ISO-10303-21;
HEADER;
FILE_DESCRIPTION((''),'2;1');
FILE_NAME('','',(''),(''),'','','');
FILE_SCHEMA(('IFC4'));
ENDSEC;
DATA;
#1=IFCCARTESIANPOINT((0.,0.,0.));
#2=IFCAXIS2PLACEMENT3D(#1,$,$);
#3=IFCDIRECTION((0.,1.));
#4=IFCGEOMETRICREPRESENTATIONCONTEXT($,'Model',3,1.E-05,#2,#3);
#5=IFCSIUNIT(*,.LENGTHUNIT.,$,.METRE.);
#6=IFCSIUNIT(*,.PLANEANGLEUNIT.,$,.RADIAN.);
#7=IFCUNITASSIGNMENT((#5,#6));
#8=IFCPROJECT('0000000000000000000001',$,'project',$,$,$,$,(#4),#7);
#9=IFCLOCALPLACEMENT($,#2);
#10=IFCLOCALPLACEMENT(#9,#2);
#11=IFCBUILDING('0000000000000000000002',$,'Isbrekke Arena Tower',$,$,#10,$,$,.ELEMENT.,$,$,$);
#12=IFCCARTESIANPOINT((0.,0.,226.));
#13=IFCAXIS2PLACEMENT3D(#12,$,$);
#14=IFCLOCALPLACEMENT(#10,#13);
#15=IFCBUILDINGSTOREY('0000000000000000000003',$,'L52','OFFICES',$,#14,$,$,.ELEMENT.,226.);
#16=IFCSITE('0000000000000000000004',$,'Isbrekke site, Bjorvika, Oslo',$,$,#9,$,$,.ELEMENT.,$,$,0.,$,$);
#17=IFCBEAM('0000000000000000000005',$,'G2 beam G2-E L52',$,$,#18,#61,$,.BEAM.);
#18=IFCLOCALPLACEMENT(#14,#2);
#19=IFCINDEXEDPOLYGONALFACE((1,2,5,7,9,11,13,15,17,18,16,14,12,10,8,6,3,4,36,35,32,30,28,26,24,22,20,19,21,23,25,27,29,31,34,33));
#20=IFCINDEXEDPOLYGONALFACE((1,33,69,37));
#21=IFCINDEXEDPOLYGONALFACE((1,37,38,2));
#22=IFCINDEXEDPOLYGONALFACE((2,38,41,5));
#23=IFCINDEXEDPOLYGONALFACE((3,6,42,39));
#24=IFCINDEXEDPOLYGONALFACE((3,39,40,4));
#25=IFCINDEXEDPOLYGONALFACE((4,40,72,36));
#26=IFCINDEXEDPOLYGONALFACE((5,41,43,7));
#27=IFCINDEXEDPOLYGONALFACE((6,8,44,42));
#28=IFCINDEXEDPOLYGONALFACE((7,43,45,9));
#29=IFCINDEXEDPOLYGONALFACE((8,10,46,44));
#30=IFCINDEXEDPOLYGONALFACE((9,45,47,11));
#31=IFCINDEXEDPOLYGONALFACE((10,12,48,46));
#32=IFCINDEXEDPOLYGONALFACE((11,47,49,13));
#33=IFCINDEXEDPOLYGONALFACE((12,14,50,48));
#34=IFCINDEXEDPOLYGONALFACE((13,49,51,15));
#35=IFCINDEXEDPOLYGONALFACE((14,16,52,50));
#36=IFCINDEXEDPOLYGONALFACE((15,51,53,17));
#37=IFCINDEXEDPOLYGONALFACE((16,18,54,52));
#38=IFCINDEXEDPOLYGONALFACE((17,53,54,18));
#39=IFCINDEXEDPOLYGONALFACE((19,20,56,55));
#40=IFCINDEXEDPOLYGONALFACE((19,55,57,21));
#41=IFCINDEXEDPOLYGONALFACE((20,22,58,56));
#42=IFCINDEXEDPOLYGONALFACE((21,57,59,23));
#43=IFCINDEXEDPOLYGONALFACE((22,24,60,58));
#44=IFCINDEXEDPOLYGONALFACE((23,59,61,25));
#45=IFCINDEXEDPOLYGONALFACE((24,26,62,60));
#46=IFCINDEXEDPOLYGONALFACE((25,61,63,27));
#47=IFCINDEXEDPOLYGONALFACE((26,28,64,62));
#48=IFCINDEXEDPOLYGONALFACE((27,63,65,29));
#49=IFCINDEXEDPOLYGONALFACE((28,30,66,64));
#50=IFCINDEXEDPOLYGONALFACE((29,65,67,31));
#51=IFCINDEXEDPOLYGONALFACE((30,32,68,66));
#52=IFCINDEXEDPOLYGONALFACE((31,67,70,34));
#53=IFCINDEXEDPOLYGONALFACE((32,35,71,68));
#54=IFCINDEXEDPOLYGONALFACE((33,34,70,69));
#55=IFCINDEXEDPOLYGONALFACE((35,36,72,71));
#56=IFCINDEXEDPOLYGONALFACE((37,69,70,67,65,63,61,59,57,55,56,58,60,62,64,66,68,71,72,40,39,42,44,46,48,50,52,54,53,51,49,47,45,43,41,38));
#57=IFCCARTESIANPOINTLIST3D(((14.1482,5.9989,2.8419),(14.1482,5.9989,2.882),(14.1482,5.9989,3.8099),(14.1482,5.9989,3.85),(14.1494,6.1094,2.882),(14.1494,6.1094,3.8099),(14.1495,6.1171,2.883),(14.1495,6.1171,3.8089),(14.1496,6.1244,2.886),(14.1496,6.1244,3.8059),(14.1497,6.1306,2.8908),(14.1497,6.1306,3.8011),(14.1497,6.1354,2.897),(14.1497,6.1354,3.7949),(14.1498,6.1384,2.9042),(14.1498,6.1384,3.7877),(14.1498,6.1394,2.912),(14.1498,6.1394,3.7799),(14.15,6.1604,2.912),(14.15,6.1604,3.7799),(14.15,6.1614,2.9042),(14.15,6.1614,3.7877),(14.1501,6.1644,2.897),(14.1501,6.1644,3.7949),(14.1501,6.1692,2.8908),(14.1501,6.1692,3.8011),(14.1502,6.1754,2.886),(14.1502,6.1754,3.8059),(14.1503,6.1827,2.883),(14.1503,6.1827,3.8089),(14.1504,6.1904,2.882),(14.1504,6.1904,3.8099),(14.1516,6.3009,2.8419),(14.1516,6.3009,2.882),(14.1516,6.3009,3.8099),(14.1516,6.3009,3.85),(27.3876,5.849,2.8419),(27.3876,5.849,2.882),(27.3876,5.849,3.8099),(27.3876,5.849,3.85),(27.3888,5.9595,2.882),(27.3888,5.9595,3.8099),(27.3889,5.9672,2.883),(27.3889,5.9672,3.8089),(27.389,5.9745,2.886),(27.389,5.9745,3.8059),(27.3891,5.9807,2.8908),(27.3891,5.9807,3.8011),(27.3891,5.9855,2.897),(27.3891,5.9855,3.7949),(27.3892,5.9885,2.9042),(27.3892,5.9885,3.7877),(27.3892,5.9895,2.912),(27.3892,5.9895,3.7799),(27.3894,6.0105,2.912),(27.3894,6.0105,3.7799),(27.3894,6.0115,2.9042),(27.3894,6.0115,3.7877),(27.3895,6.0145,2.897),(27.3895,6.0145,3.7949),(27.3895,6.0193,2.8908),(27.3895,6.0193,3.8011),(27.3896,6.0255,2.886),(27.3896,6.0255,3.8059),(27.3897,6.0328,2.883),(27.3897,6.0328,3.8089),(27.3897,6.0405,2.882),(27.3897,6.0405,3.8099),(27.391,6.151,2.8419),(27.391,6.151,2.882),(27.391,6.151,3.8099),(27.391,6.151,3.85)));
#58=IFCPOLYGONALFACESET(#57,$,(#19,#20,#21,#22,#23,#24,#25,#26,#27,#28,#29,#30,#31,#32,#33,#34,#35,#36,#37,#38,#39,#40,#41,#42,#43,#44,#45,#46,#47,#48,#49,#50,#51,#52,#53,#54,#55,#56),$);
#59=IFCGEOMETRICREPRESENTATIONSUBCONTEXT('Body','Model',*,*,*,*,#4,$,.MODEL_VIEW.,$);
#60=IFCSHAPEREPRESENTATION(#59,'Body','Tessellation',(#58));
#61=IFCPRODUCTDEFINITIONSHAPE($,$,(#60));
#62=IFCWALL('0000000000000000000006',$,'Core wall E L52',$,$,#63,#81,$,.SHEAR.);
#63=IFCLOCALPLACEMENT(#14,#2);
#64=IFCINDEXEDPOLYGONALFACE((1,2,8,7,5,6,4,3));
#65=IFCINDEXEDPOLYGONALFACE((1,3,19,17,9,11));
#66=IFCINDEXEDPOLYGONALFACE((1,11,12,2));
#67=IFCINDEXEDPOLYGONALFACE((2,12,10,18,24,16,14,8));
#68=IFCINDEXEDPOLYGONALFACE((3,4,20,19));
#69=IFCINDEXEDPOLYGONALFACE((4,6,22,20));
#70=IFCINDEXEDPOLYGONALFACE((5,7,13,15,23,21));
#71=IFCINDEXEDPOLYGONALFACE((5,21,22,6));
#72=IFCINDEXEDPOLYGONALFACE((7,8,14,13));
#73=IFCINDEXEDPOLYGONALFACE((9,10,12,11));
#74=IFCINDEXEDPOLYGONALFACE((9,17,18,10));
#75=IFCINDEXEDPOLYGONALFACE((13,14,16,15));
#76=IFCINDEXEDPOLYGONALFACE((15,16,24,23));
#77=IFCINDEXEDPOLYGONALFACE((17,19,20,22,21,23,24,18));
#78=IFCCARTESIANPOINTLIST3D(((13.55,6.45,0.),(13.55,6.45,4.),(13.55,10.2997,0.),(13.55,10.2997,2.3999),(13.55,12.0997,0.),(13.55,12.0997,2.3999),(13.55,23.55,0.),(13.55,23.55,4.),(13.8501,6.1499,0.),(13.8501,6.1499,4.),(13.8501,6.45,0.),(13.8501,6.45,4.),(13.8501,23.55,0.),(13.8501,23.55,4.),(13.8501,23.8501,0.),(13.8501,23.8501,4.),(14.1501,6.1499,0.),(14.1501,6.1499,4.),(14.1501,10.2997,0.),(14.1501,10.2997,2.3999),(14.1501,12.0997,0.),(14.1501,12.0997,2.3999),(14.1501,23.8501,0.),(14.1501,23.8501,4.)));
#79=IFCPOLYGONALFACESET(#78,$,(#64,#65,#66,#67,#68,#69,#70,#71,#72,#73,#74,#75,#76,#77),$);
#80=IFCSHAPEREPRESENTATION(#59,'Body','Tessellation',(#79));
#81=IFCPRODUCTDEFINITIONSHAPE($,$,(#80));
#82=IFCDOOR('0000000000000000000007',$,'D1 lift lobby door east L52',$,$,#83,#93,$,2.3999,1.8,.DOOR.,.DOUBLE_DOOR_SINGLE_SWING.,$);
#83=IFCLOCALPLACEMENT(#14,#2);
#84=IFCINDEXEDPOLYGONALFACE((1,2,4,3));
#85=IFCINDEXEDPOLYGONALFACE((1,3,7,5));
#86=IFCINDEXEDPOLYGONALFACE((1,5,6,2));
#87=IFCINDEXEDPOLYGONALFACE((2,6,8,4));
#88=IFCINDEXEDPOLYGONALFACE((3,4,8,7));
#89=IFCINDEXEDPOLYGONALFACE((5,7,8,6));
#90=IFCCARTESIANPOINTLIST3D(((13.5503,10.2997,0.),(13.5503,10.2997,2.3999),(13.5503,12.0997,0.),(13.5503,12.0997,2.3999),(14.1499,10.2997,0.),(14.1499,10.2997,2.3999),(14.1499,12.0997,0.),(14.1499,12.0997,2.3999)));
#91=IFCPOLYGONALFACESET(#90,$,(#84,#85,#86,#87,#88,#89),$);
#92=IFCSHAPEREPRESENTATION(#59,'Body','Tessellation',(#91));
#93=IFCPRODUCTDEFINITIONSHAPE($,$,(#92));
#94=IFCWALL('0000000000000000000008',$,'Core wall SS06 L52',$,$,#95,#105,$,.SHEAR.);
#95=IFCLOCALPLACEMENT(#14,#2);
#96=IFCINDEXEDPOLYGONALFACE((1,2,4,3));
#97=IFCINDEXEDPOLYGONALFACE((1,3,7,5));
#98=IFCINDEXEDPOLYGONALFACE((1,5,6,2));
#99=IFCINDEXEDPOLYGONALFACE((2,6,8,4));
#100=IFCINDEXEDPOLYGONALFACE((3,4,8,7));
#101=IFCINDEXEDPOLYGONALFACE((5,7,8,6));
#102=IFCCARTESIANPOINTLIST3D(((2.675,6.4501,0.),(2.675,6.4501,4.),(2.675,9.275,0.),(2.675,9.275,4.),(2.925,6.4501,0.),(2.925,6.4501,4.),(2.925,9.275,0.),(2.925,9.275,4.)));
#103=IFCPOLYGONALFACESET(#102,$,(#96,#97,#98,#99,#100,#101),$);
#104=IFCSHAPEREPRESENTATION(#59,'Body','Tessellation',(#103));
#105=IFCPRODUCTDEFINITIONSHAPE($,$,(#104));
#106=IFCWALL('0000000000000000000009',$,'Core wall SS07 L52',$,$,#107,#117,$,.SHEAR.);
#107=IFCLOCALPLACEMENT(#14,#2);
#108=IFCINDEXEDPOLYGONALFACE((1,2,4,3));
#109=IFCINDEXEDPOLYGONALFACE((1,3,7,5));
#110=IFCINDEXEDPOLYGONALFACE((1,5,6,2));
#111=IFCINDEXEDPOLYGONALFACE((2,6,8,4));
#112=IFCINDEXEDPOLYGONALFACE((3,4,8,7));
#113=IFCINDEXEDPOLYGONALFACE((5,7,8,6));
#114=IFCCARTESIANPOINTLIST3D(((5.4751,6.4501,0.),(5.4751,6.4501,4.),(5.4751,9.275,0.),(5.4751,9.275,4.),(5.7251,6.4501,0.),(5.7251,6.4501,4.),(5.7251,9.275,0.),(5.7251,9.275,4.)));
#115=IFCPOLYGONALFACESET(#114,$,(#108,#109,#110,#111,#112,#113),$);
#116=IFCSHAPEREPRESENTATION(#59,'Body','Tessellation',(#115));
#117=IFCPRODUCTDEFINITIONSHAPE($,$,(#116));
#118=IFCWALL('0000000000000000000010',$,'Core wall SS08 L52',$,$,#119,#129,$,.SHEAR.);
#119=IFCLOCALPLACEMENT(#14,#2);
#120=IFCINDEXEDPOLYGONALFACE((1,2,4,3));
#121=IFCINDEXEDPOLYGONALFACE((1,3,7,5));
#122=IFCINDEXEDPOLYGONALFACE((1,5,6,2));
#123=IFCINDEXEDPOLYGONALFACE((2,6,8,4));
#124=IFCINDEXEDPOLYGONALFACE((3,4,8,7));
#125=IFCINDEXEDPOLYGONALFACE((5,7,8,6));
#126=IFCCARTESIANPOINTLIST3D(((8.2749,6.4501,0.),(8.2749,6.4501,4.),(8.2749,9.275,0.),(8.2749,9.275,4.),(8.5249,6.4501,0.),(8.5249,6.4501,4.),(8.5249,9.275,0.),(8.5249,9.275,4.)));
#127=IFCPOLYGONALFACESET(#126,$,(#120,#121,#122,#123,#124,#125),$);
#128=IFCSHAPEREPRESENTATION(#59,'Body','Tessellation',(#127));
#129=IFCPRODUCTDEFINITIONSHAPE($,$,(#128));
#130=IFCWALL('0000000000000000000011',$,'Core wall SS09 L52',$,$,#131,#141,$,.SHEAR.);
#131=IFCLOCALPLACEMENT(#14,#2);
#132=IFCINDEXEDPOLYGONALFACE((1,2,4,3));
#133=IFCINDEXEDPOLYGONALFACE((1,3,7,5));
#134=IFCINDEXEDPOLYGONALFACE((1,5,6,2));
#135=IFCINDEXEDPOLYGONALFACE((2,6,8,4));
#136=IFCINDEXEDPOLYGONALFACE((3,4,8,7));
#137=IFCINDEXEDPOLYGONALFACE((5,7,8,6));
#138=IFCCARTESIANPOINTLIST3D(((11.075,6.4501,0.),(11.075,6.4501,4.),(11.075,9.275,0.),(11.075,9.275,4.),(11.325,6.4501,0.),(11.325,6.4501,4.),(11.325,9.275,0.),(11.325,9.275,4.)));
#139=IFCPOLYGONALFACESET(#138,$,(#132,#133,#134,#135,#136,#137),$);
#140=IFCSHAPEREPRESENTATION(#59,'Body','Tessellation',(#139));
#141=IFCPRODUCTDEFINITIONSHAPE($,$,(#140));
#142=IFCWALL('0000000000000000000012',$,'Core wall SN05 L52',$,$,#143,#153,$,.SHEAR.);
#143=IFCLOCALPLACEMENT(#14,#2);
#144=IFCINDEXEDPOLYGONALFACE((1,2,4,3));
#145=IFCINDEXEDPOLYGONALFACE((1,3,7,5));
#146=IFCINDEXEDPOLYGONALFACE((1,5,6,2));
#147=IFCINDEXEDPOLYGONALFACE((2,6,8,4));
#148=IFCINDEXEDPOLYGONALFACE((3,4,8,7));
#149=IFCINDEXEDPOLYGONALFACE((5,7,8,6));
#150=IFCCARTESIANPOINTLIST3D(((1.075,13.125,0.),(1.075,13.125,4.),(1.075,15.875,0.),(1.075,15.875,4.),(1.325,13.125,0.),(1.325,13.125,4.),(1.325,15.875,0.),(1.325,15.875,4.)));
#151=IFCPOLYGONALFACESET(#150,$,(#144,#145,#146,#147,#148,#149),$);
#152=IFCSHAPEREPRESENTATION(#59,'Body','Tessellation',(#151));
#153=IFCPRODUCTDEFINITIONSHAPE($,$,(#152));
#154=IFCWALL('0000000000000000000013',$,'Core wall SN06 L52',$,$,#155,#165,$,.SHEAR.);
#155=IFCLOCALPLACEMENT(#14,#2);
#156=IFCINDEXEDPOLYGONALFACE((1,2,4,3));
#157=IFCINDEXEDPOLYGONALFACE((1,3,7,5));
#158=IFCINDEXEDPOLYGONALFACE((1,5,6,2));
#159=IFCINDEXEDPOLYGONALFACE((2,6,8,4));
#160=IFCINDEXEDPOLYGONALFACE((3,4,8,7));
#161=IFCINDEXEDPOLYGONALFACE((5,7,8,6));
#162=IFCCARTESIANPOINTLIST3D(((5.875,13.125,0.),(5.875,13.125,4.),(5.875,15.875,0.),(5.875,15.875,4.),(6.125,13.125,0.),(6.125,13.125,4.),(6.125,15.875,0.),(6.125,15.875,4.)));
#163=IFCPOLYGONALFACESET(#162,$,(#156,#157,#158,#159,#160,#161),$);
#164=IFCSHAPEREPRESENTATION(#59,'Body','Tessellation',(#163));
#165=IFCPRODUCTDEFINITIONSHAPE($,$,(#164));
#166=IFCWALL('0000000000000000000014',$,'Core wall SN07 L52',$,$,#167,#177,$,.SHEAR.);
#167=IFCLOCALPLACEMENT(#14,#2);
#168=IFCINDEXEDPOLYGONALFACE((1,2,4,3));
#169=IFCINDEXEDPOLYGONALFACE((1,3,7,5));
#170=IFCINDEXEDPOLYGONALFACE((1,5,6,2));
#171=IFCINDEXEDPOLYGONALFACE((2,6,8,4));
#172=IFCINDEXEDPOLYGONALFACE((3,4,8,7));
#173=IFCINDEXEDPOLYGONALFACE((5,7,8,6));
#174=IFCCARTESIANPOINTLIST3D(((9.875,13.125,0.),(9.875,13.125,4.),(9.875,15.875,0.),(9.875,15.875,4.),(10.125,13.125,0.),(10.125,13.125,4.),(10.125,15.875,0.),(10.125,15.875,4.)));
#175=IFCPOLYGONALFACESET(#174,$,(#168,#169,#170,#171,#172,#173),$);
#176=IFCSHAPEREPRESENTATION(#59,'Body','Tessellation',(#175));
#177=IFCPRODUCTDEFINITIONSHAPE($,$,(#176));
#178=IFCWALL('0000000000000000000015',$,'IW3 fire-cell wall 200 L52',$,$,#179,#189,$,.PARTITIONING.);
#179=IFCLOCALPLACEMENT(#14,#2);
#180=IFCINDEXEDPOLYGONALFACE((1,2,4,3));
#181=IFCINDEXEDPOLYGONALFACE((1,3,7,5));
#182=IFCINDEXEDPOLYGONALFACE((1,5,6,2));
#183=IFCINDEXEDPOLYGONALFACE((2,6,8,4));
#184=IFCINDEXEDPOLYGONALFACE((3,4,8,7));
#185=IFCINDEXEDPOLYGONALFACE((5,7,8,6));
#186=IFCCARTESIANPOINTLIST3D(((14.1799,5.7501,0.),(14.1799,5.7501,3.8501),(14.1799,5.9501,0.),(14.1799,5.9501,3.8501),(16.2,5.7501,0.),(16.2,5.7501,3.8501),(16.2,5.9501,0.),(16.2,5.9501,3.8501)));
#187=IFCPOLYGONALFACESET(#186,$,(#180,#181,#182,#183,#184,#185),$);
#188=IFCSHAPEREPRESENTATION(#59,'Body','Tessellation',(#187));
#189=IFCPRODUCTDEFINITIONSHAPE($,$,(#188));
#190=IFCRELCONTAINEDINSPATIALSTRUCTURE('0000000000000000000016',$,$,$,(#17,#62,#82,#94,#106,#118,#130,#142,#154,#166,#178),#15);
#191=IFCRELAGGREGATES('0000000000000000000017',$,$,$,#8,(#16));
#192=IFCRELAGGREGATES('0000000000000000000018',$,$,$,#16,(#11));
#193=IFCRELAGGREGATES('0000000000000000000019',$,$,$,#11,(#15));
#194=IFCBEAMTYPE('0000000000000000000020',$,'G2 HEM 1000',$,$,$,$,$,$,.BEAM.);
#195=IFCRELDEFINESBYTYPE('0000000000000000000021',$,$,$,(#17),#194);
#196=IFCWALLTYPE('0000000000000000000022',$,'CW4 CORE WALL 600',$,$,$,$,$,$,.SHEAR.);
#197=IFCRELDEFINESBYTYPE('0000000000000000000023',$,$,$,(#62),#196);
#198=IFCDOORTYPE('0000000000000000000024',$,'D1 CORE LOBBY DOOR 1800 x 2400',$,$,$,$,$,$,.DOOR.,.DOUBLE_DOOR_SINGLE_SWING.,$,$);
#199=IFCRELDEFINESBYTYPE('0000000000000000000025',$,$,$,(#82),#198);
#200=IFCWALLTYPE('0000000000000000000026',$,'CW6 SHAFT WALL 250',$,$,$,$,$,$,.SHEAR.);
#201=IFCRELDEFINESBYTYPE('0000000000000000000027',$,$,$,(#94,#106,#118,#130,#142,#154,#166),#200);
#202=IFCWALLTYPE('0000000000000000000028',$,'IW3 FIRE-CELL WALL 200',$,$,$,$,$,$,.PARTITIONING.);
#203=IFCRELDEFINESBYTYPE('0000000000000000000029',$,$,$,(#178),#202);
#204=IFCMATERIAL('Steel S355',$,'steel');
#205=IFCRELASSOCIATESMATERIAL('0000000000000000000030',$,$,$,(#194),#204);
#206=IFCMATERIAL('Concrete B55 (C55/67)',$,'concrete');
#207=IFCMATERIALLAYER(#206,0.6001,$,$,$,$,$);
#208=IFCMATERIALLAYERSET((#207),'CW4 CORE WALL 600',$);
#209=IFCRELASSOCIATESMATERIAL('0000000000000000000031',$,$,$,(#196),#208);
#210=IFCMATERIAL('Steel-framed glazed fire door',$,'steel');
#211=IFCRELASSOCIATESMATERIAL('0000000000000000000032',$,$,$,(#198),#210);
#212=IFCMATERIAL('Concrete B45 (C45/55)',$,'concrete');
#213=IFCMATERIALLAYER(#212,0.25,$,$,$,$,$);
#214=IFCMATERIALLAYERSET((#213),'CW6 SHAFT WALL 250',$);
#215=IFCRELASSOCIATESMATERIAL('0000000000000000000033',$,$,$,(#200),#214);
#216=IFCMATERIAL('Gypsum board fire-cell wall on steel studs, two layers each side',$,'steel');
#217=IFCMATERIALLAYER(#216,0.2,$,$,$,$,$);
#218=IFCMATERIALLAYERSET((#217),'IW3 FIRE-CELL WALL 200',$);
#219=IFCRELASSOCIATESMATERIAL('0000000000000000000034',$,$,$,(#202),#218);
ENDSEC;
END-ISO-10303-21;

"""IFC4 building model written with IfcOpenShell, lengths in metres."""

from ifc_helpers import new_model, si_unit, direction, frame, frame_2d, origin, origin_2d, place, context, subcontext, project, spatial, polyline, rectangle, i_section, outline, extrude, material, layer, layer_set, material_profile, profile_set, type_object, element, fill, save


model = new_model("IFC4")

# Units and contexts
model_context = context("Model", 3, precision=1e-05, world=origin(), true_north=direction((0.0, 1.0)))
body_context = subcontext(model_context, "Body", "Model", "MODEL_VIEW")
ifc_project = project(units=[si_unit("LENGTHUNIT", "METRE"), si_unit("PLANEANGLEUNIT", "RADIAN")], contexts=[model_context])

# Site, building, storey
site_placement = place(None, origin())
site = spatial("IfcSite", under=ifc_project, at=site_placement, Name="Isbrekke site, Bjorvika, Oslo", CompositionType="ELEMENT", RefElevation=0.0)
building_placement = place(site_placement, origin())
building = spatial("IfcBuilding", under=site, at=building_placement, Name="Isbrekke Arena Tower", CompositionType="ELEMENT")
storey_placement = place(building_placement, frame((0.0, 0.0, 226.0)))
storey = spatial("IfcBuildingStorey", under=building, at=storey_placement, Name="L52", Description="OFFICES", CompositionType="ELEMENT", Elevation=226.0)

# Beam
ifc_material_1 = material(Name="Steel S355", Category="steel")
ifc_material_profile = material_profile(ifc_material_1, i_section(OverallWidth=0.302, OverallDepth=1.0081, WebThickness=0.021, FlangeThickness=0.04, FilletRadius=0.03, at=origin_2d()), Name="HEM 1000")
ifc_profile_set = profile_set([ifc_material_profile], Name="Steel S355")
beam_type = type_object("IfcBeamType", Name="G2 HEM 1000", PredefinedType="BEAM", material=ifc_profile_set)
beam_placement = place(storey_placement, frame((14.1499, 6.1499, 3.3459), z_axis=(0.999936, -0.011322, 0.0), x_axis=(0.011322, 0.999936, 0.0)))
element("IfcBeam", 1, at=beam_placement, inside=storey, type_object=beam_type, Name="G2 beam G2-E L52", PredefinedType="BEAM", context=body_context, shape_type="SweptSolid", body=[
    extrude(i_section(OverallWidth=0.302, OverallDepth=1.0081, WebThickness=0.021, FlangeThickness=0.04, FilletRadius=0.03, at=origin_2d()), origin(), (0.0, 0.0, 1.0), 13.2402),
])

# Wall, opening, door
ifc_material_2 = material(Name="Concrete B55 (C55/67)", Category="concrete")
ifc_layer_1 = layer(ifc_material_2, 0.6001)
ifc_layer_set_1 = layer_set([ifc_layer_1], Name="CW4 CORE WALL 600")
wall_type_1 = type_object("IfcWallType", Name="CW4 CORE WALL 600", PredefinedType="SHEAR", material=ifc_layer_set_1)
wall_1_placement = place(storey_placement, frame((13.8501, 6.1499, 0.0), z_axis=(0.0, 0.0, 1.0), x_axis=(0.0, 1.0, 0.0)))
wall_1 = element("IfcWall", 2, at=wall_1_placement, inside=storey, type_object=wall_type_1, Name="Core wall E L52", PredefinedType="SHEAR", context=body_context, shape_type="SweptSolid", body=[
    extrude(outline(polyline([(0.0, -0.3), (17.7002, -0.3), (17.7002, 0.0), (17.4001, 0.0), (17.4001, 0.3), (0.3, 0.3), (0.3, 0.0), (0.0, 0.0), (0.0, -0.3)])), origin(), (0.0, 0.0, 1.0), 4.0),
])
opening_1_placement = place(wall_1_placement, frame((4.1499, 0.0, 0.0)))
opening_1 = element("IfcOpeningElement", 3, at=opening_1_placement, cuts=wall_1, PredefinedType="OPENING", context=body_context, shape_type="SweptSolid", body=[
    extrude(rectangle(XDim=1.8, YDim=2.3999, at=frame_2d((0.8999, 1.2))), frame((0.0, 0.3149, 0.0), z_axis=(0.0, -1.0, 0.0), x_axis=(1.0, 0.0, 0.0)), (0.0, 0.0, 1.0), 0.6299),
])
ifc_material_3 = material(Name="Steel-framed glazed fire door", Category="steel")
door_type_1 = type_object("IfcDoorType", Name="D1 CORE LOBBY DOOR 1800 x 2400", OperationType="DOUBLE_DOOR_SINGLE_SWING", PredefinedType="DOOR", material=ifc_material_3)
door_1_placement = place(opening_1_placement, origin())
door_1 = element("IfcDoor", 4, at=door_1_placement, inside=storey, type_object=door_type_1, Name="D1 lift lobby door east L52", OperationType="DOUBLE_DOOR_SINGLE_SWING", OverallHeight=2.3999, OverallWidth=1.8, PredefinedType="DOOR", context=body_context, shape_type="SweptSolid", body=[
    extrude(rectangle(XDim=1.8, YDim=2.3999, at=frame_2d((0.8999, 1.2))), frame((0.0, 0.2998, 0.0), z_axis=(0.0, -1.0, 0.0), x_axis=(1.0, 0.0, 0.0)), (0.0, 0.0, 1.0), 0.5996),
])
fill(opening_1, door_1)

# Walls
ifc_material_4 = material(Name="Concrete B45 (C45/55)", Category="concrete")
ifc_layer_2 = layer(ifc_material_4, 0.25)
ifc_layer_set_2 = layer_set([ifc_layer_2], Name="CW6 SHAFT WALL 250")
wall_type_2 = type_object("IfcWallType", Name="CW6 SHAFT WALL 250", PredefinedType="SHEAR", material=ifc_layer_set_2)
for number, where, z_axis, x_axis, name in (
    (5, (2.8, 6.45, 0.0), (0.0, 0.0, 1.0), (0.0, 1.0, 0.0), "Core wall SS06 L52"),
    (6, (5.6001, 6.45, 0.0), (0.0, 0.0, 1.0), (0.0, 1.0, 0.0), "Core wall SS07 L52"),
    (7, (8.3999, 6.45, 0.0), (0.0, 0.0, 1.0), (0.0, 1.0, 0.0), "Core wall SS08 L52"),
    (8, (11.2, 6.45, 0.0), (0.0, 0.0, 1.0), (0.0, 1.0, 0.0), "Core wall SS09 L52"),
):
    element("IfcWall", number, at=place(storey_placement, frame(where, z_axis=z_axis, x_axis=x_axis)), inside=storey, type_object=wall_type_2, Name=name, PredefinedType="SHEAR", context=body_context, shape_type="SweptSolid", body=[
        extrude(rectangle(XDim=2.825, YDim=0.25, at=frame_2d((1.4126, 0.0))), origin(), (0.0, 0.0, 1.0), 4.0),
    ])
for number, where, z_axis, x_axis, name in (
    (9, (1.2, 13.125, 0.0), (0.0, 0.0, 1.0), (0.0, 1.0, 0.0), "Core wall SN05 L52"),
    (10, (6.0, 13.125, 0.0), (0.0, 0.0, 1.0), (0.0, 1.0, 0.0), "Core wall SN06 L52"),
    (11, (10.0, 13.125, 0.0), (0.0, 0.0, 1.0), (0.0, 1.0, 0.0), "Core wall SN07 L52"),
):
    element("IfcWall", number, at=place(storey_placement, frame(where, z_axis=z_axis, x_axis=x_axis)), inside=storey, type_object=wall_type_2, Name=name, PredefinedType="SHEAR", context=body_context, shape_type="SweptSolid", body=[
        extrude(rectangle(XDim=2.75, YDim=0.25, at=frame_2d((1.375, 0.0))), origin(), (0.0, 0.0, 1.0), 4.0),
    ])
ifc_material_5 = material(Name="Gypsum board fire-cell wall on steel studs, two layers each side", Category="steel")
ifc_layer_3 = layer(ifc_material_5, 0.2)
ifc_layer_set_3 = layer_set([ifc_layer_3], Name="IW3 FIRE-CELL WALL 200")
wall_type_3 = type_object("IfcWallType", Name="IW3 FIRE-CELL WALL 200", PredefinedType="PARTITIONING", material=ifc_layer_set_3)
wall_2_placement = place(storey_placement, frame((14.1799, 5.8501, 0.0), z_axis=(0.0, 0.0, 1.0), x_axis=(1.0, 0.0, 0.0)))
element("IfcWall", 12, at=wall_2_placement, inside=storey, type_object=wall_type_3, Name="IW3 fire-cell wall 200 L52", PredefinedType="PARTITIONING", context=body_context, shape_type="SweptSolid", body=[
    extrude(rectangle(XDim=2.02, YDim=0.2, at=frame_2d((1.01, 0.0))), origin(), (0.0, 0.0, 1.0), 3.8501),
])

save(model, "model.ifc")
